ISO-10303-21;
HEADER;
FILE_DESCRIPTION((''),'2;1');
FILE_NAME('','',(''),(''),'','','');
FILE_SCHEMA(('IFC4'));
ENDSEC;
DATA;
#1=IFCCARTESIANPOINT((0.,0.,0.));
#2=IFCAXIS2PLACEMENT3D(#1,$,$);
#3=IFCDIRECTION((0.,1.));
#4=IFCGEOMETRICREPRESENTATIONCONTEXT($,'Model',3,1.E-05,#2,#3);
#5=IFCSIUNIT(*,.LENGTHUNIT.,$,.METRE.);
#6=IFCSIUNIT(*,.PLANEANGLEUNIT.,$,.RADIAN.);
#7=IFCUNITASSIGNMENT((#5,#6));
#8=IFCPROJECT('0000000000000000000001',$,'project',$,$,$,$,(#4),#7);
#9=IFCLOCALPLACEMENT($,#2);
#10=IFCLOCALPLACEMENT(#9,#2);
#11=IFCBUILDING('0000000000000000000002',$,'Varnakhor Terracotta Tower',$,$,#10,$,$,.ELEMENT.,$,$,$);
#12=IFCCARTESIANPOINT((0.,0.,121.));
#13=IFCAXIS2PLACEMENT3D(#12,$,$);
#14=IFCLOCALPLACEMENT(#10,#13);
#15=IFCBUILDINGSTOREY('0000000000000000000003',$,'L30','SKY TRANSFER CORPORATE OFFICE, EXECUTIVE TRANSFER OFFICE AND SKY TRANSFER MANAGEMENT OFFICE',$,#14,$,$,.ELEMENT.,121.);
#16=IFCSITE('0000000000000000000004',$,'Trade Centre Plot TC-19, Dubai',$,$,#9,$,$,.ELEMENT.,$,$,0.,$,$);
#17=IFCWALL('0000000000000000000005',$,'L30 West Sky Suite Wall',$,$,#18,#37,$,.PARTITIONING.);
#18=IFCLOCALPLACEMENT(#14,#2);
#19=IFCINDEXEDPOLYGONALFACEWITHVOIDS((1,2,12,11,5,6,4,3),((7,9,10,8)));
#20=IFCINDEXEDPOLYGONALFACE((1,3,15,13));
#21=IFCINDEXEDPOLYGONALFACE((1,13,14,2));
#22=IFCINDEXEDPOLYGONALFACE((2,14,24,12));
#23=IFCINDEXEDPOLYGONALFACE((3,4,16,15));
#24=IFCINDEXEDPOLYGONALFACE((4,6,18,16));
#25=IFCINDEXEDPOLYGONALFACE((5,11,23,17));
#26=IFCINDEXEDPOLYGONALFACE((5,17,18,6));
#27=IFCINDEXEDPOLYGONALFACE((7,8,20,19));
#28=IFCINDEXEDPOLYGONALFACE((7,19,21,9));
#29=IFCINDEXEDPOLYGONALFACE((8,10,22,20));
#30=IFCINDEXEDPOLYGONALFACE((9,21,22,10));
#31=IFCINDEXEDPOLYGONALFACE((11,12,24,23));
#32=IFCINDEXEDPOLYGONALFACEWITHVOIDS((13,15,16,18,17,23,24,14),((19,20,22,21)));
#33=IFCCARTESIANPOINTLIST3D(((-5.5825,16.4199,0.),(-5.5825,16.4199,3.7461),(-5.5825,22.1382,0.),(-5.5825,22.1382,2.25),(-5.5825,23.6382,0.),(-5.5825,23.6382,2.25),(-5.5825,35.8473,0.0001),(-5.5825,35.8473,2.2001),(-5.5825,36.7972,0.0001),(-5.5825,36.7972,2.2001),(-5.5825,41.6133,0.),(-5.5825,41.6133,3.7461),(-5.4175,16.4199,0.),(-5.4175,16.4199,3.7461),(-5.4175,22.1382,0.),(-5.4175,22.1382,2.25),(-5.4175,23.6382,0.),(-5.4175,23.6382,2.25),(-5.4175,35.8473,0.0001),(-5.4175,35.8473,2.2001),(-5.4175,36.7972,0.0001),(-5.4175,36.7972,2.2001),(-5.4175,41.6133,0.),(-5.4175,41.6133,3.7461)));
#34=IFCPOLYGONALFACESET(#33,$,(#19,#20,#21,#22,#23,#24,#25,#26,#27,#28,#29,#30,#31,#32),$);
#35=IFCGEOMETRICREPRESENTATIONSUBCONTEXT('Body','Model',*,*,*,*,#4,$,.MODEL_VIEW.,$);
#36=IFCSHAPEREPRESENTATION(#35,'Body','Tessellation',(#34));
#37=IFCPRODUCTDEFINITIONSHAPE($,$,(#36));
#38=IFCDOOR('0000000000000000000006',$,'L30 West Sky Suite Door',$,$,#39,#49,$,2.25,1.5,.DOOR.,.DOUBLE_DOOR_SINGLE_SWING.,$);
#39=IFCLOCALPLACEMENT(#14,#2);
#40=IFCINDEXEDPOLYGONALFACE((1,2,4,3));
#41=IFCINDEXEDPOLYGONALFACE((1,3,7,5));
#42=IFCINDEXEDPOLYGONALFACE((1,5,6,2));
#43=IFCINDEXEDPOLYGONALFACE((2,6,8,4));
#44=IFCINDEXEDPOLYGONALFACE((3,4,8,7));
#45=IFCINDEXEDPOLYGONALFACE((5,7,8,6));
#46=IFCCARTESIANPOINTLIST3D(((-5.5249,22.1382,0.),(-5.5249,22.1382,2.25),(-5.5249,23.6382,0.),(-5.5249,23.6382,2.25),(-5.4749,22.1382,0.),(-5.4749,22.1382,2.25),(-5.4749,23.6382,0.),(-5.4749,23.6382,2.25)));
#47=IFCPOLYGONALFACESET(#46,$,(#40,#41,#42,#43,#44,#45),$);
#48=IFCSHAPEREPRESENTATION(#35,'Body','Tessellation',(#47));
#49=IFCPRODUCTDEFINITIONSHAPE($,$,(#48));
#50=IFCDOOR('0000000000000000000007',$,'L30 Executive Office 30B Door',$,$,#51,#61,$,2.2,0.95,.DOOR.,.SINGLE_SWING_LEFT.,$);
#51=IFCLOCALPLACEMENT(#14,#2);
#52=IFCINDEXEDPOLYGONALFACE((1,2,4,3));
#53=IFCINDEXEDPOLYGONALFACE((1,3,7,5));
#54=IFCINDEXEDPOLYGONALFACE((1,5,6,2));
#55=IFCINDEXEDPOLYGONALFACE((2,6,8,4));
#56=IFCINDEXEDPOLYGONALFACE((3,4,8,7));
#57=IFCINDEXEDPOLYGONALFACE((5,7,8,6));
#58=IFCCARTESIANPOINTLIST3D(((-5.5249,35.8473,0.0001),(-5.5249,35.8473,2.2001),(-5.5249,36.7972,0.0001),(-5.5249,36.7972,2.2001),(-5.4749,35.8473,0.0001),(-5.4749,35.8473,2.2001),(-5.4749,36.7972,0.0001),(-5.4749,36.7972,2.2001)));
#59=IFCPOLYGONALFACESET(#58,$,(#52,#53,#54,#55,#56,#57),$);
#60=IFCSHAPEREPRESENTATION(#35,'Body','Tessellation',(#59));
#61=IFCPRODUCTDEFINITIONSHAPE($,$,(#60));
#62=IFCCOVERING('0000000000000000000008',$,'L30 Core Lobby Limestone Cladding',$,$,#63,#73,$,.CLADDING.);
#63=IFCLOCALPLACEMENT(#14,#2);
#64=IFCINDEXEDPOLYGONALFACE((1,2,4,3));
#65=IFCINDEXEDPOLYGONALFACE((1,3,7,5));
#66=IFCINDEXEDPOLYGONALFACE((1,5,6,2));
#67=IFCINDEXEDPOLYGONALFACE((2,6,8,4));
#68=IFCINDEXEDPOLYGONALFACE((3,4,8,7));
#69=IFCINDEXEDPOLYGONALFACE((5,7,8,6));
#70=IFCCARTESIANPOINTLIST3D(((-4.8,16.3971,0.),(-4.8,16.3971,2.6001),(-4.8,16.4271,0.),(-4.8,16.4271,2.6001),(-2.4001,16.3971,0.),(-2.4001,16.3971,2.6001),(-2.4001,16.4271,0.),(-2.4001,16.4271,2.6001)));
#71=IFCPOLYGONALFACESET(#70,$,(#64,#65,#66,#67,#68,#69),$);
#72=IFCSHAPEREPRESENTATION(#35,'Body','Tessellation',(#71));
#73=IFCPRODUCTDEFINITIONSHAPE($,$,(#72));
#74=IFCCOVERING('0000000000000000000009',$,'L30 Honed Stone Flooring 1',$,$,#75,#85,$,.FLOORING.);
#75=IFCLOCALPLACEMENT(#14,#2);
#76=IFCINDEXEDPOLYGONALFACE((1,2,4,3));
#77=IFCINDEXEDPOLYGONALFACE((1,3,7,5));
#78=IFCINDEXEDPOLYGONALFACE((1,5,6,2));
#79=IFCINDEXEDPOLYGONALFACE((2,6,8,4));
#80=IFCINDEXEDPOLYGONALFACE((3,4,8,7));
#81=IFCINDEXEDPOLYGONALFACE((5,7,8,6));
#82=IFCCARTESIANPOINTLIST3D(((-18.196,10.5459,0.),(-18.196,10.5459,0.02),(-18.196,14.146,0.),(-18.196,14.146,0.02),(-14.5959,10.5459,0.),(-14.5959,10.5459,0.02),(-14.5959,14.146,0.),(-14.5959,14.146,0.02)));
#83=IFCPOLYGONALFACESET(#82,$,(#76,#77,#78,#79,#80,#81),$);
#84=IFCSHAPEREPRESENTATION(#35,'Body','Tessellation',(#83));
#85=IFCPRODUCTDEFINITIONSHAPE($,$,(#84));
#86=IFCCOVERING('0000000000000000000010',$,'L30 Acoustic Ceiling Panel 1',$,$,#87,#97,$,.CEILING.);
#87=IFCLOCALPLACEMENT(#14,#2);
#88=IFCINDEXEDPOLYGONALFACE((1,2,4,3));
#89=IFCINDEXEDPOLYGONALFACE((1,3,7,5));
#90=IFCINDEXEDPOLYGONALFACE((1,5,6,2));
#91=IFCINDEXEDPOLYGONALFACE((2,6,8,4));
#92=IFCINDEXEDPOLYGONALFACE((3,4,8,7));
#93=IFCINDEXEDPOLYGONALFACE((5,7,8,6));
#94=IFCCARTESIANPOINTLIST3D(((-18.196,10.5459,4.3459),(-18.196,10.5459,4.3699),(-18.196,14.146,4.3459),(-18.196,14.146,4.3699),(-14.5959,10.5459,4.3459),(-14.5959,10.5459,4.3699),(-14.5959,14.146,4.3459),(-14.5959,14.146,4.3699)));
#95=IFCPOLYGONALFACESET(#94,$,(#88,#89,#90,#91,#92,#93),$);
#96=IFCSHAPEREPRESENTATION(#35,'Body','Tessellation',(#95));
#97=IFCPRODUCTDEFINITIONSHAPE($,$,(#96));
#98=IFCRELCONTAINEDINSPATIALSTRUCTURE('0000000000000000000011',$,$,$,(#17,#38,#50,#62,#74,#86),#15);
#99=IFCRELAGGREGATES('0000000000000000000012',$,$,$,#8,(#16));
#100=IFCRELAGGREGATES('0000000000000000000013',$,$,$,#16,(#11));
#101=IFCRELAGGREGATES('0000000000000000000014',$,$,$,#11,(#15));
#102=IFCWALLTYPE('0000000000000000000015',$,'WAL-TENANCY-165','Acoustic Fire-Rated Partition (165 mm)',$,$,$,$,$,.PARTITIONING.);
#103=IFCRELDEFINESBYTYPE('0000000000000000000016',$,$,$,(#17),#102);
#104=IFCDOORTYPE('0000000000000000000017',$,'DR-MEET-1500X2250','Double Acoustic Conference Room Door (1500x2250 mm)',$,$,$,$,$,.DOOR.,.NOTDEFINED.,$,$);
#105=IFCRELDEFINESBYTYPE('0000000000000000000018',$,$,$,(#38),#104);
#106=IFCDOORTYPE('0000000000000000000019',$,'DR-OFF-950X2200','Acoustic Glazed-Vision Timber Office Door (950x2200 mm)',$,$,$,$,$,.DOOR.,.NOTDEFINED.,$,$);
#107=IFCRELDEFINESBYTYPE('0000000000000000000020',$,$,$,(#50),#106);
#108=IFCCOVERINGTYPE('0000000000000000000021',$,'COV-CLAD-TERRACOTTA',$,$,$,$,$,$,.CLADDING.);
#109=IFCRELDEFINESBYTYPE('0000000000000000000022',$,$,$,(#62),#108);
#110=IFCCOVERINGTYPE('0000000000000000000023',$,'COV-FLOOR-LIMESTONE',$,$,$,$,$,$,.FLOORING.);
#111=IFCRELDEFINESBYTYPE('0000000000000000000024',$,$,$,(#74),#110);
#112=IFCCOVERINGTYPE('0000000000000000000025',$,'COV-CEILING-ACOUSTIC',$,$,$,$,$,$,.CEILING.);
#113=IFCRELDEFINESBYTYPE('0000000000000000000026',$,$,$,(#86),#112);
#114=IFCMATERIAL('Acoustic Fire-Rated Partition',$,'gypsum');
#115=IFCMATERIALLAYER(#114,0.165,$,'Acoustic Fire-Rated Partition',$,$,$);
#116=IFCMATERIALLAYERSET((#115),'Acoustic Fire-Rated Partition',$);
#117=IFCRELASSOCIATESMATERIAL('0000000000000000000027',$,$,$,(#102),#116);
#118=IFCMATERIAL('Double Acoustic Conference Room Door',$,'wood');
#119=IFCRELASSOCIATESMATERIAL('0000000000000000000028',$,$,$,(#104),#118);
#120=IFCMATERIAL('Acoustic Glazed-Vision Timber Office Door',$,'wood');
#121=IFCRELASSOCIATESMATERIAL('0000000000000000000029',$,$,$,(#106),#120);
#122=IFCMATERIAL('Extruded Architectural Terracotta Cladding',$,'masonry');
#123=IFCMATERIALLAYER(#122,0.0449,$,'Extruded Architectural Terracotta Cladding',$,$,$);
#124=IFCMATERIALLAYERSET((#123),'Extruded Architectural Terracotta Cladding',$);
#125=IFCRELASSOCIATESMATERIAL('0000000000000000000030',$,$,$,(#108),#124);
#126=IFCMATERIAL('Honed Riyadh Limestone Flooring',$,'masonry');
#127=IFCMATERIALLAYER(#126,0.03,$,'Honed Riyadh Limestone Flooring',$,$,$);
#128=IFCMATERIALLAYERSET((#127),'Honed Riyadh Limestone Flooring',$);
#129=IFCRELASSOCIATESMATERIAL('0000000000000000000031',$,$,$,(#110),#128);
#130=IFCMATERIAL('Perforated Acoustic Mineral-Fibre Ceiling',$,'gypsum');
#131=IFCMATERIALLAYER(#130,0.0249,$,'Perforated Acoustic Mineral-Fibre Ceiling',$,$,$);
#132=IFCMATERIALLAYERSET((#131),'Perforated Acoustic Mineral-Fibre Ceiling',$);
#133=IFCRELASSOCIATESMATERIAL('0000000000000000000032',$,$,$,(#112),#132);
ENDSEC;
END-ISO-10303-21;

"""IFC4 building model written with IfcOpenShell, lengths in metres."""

from ifc_helpers import new_model, si_unit, direction, frame, frame_2d, origin, origin_2d, place, context, subcontext, project, spatial, rectangle, extrude, source, transform, mapped, material, layer, layer_set, type_object, type_shapes, element, fill, save


model = new_model("IFC4")

# Units and contexts
model_context = context("Model", 3, precision=1e-05, world=origin(), true_north=direction((0.0, 1.0)))
body_context = subcontext(model_context, "Body", "Model", "MODEL_VIEW")
ifc_project = project(units=[si_unit("LENGTHUNIT", "METRE"), si_unit("PLANEANGLEUNIT", "RADIAN")], contexts=[model_context])

# Site, building, storey
site_placement = place(None, origin())
site = spatial("IfcSite", under=ifc_project, at=site_placement, Name="Trade Centre Plot TC-19, Dubai", CompositionType="ELEMENT", RefElevation=0.0)
building_placement = place(site_placement, origin())
building = spatial("IfcBuilding", under=site, at=building_placement, Name="Varnakhor Terracotta Tower", CompositionType="ELEMENT")
storey_placement = place(building_placement, frame((0.0, 0.0, 121.0)))
storey = spatial("IfcBuildingStorey", under=building, at=storey_placement, Name="L30", Description="SKY TRANSFER CORPORATE OFFICE, EXECUTIVE TRANSFER OFFICE AND SKY TRANSFER MANAGEMENT OFFICE", CompositionType="ELEMENT", Elevation=121.0)

# Wall, openings, doors
ifc_material_1 = material(Name="Acoustic Fire-Rated Partition", Category="gypsum")
ifc_layer_1 = layer(ifc_material_1, 0.165, Name="Acoustic Fire-Rated Partition")
ifc_layer_set_1 = layer_set([ifc_layer_1], Name="Acoustic Fire-Rated Partition")
wall_type_1 = type_object("IfcWallType", Name="WAL-TENANCY-165", Description="Acoustic Fire-Rated Partition (165 mm)", PredefinedType="PARTITIONING", material=ifc_layer_set_1)
wall_1_placement = place(storey_placement, frame((-5.5, 16.4199, 0.0), z_axis=(0.0, 0.0, 1.0), x_axis=(0.0, 1.0, 0.0)))
wall_1 = element("IfcWall", 1, at=wall_1_placement, inside=storey, type_object=wall_type_1, Name="L30 West Sky Suite Wall", PredefinedType="PARTITIONING", context=body_context, shape_type="SweptSolid", body=[
    extrude(rectangle(XDim=25.1934, YDim=0.165, at=frame_2d((12.5967, 0.0))), origin(), (0.0, 0.0, 1.0), 3.7461),
])
opening_1_placement = place(wall_1_placement, frame((5.7183, 0.0, 0.0)))
opening_1 = element("IfcOpeningElement", 2, at=opening_1_placement, cuts=wall_1, PredefinedType="OPENING", context=body_context, shape_type="SweptSolid", body=[
    extrude(rectangle(XDim=1.5, YDim=2.25, at=frame_2d((0.75, 1.125))), frame((0.0, 0.0925, 0.0), z_axis=(0.0, -1.0, 0.0), x_axis=(1.0, 0.0, 0.0)), (0.0, 0.0, 1.0), 0.1851),
])
opening_2_placement = place(wall_1_placement, frame((19.4272, 0.0, 0.0)))
opening_2 = element("IfcOpeningElement", 3, at=opening_2_placement, cuts=wall_1, PredefinedType="OPENING", context=body_context, shape_type="SweptSolid", body=[
    extrude(rectangle(XDim=0.95, YDim=2.2, at=frame_2d((0.4751, 1.1001))), frame((0.0, 0.0925, 0.0), z_axis=(0.0, -1.0, 0.0), x_axis=(1.0, 0.0, 0.0)), (0.0, 0.0, 1.0), 0.1851),
])
ifc_material_2 = material(Name="Double Acoustic Conference Room Door", Category="wood")
door_type_1 = type_object("IfcDoorType", Name="DR-MEET-1500X2250", Description="Double Acoustic Conference Room Door (1500x2250 mm)", OperationType="NOTDEFINED", PredefinedType="DOOR", material=ifc_material_2)
shared_shape_1 = source(origin(), body_context, "Body", "SweptSolid", [
    extrude(rectangle(XDim=1.5, YDim=2.25, at=frame_2d((0.75, 1.125))), frame((0.0, 0.0249, 0.0), z_axis=(0.0, -1.0, 0.0), x_axis=(1.0, 0.0, 0.0)), (0.0, 0.0, 1.0), 0.05),
])
type_shapes(door_type_1, [shared_shape_1])
door_1_placement = place(opening_1_placement, origin())
door_1 = element("IfcDoor", 4, at=door_1_placement, inside=storey, type_object=door_type_1, Name="L30 West Sky Suite Door", OperationType="DOUBLE_DOOR_SINGLE_SWING", OverallHeight=2.25, OverallWidth=1.5, PredefinedType="DOOR", context=body_context, shape_type="MappedRepresentation", body=[
    mapped(shared_shape_1, transform((0.0, 0.0, 0.0), scale=1.0)),
])
fill(opening_1, door_1)
ifc_material_3 = material(Name="Acoustic Glazed-Vision Timber Office Door", Category="wood")
door_type_2 = type_object("IfcDoorType", Name="DR-OFF-950X2200", Description="Acoustic Glazed-Vision Timber Office Door (950x2200 mm)", OperationType="NOTDEFINED", PredefinedType="DOOR", material=ifc_material_3)
shared_shape_2 = source(origin(), body_context, "Body", "SweptSolid", [
    extrude(rectangle(XDim=0.95, YDim=2.2, at=frame_2d((0.4751, 1.1001))), frame((0.0, 0.0249, 0.0), z_axis=(0.0, -1.0, 0.0), x_axis=(1.0, 0.0, 0.0)), (0.0, 0.0, 1.0), 0.05),
])
type_shapes(door_type_2, [shared_shape_2])
door_2_placement = place(opening_2_placement, origin())
door_2 = element("IfcDoor", 5, at=door_2_placement, inside=storey, type_object=door_type_2, Name="L30 Executive Office 30B Door", OperationType="SINGLE_SWING_LEFT", OverallHeight=2.2, OverallWidth=0.95, PredefinedType="DOOR", context=body_context, shape_type="MappedRepresentation", body=[
    mapped(shared_shape_2, transform((0.0, 0.0, 0.0), scale=1.0)),
])
fill(opening_2, door_2)

# Coverings
ifc_material_4 = material(Name="Extruded Architectural Terracotta Cladding", Category="masonry")
ifc_layer_2 = layer(ifc_material_4, 0.0449, Name="Extruded Architectural Terracotta Cladding")
ifc_layer_set_2 = layer_set([ifc_layer_2], Name="Extruded Architectural Terracotta Cladding")
covering_type_1 = type_object("IfcCoveringType", Name="COV-CLAD-TERRACOTTA", PredefinedType="CLADDING", material=ifc_layer_set_2)
shared_shape_3 = source(origin(), body_context, "Body", "SweptSolid", [
    extrude(rectangle(XDim=2.3999, YDim=0.03, at=origin_2d()), origin(), (0.0, 0.0, 1.0), 2.6001),
])
type_shapes(covering_type_1, [shared_shape_3])
covering_1_placement = place(storey_placement, frame((-3.6001, 16.4121, 0.0), z_axis=(0.0, 0.0, 1.0), x_axis=(1.0, 0.0, 0.0)))
element("IfcCovering", 6, at=covering_1_placement, inside=storey, type_object=covering_type_1, Name="L30 Core Lobby Limestone Cladding", PredefinedType="CLADDING", context=body_context, shape_type="MappedRepresentation", body=[
    mapped(shared_shape_3, transform((0.0, 0.0, 0.0), scale=1.0)),
])
ifc_material_5 = material(Name="Honed Riyadh Limestone Flooring", Category="masonry")
ifc_layer_3 = layer(ifc_material_5, 0.03, Name="Honed Riyadh Limestone Flooring")
ifc_layer_set_3 = layer_set([ifc_layer_3], Name="Honed Riyadh Limestone Flooring")
covering_type_2 = type_object("IfcCoveringType", Name="COV-FLOOR-LIMESTONE", PredefinedType="FLOORING", material=ifc_layer_set_3)
shared_shape_4 = source(origin(), body_context, "Body", "SweptSolid", [
    extrude(rectangle(XDim=3.6001, YDim=3.6001, at=origin_2d()), origin(), (0.0, 0.0, 1.0), 0.02),
])
covering_2_placement = place(storey_placement, frame((-16.396, 12.3459, 0.0), z_axis=(0.0, 0.0, 1.0), x_axis=(1.0, 0.0, 0.0)))
element("IfcCovering", 7, at=covering_2_placement, inside=storey, type_object=covering_type_2, Name="L30 Honed Stone Flooring 1", PredefinedType="FLOORING", context=body_context, shape_type="MappedRepresentation", body=[
    mapped(shared_shape_4, transform((0.0, 0.0, 0.0), scale=1.0)),
])
ifc_material_6 = material(Name="Perforated Acoustic Mineral-Fibre Ceiling", Category="gypsum")
ifc_layer_4 = layer(ifc_material_6, 0.0249, Name="Perforated Acoustic Mineral-Fibre Ceiling")
ifc_layer_set_4 = layer_set([ifc_layer_4], Name="Perforated Acoustic Mineral-Fibre Ceiling")
covering_type_3 = type_object("IfcCoveringType", Name="COV-CEILING-ACOUSTIC", PredefinedType="CEILING", material=ifc_layer_set_4)
shared_shape_5 = source(origin(), body_context, "Body", "SweptSolid", [
    extrude(rectangle(XDim=3.6001, YDim=3.6001, at=origin_2d()), origin(), (0.0, 0.0, 1.0), 0.0239),
])
covering_3_placement = place(storey_placement, frame((-16.396, 12.3459, 4.3459), z_axis=(0.0, 0.0, 1.0), x_axis=(1.0, 0.0, 0.0)))
element("IfcCovering", 8, at=covering_3_placement, inside=storey, type_object=covering_type_3, Name="L30 Acoustic Ceiling Panel 1", PredefinedType="CEILING", context=body_context, shape_type="MappedRepresentation", body=[
    mapped(shared_shape_5, transform((0.0, 0.0, 0.0), scale=1.0)),
])

save(model, "model.ifc")
